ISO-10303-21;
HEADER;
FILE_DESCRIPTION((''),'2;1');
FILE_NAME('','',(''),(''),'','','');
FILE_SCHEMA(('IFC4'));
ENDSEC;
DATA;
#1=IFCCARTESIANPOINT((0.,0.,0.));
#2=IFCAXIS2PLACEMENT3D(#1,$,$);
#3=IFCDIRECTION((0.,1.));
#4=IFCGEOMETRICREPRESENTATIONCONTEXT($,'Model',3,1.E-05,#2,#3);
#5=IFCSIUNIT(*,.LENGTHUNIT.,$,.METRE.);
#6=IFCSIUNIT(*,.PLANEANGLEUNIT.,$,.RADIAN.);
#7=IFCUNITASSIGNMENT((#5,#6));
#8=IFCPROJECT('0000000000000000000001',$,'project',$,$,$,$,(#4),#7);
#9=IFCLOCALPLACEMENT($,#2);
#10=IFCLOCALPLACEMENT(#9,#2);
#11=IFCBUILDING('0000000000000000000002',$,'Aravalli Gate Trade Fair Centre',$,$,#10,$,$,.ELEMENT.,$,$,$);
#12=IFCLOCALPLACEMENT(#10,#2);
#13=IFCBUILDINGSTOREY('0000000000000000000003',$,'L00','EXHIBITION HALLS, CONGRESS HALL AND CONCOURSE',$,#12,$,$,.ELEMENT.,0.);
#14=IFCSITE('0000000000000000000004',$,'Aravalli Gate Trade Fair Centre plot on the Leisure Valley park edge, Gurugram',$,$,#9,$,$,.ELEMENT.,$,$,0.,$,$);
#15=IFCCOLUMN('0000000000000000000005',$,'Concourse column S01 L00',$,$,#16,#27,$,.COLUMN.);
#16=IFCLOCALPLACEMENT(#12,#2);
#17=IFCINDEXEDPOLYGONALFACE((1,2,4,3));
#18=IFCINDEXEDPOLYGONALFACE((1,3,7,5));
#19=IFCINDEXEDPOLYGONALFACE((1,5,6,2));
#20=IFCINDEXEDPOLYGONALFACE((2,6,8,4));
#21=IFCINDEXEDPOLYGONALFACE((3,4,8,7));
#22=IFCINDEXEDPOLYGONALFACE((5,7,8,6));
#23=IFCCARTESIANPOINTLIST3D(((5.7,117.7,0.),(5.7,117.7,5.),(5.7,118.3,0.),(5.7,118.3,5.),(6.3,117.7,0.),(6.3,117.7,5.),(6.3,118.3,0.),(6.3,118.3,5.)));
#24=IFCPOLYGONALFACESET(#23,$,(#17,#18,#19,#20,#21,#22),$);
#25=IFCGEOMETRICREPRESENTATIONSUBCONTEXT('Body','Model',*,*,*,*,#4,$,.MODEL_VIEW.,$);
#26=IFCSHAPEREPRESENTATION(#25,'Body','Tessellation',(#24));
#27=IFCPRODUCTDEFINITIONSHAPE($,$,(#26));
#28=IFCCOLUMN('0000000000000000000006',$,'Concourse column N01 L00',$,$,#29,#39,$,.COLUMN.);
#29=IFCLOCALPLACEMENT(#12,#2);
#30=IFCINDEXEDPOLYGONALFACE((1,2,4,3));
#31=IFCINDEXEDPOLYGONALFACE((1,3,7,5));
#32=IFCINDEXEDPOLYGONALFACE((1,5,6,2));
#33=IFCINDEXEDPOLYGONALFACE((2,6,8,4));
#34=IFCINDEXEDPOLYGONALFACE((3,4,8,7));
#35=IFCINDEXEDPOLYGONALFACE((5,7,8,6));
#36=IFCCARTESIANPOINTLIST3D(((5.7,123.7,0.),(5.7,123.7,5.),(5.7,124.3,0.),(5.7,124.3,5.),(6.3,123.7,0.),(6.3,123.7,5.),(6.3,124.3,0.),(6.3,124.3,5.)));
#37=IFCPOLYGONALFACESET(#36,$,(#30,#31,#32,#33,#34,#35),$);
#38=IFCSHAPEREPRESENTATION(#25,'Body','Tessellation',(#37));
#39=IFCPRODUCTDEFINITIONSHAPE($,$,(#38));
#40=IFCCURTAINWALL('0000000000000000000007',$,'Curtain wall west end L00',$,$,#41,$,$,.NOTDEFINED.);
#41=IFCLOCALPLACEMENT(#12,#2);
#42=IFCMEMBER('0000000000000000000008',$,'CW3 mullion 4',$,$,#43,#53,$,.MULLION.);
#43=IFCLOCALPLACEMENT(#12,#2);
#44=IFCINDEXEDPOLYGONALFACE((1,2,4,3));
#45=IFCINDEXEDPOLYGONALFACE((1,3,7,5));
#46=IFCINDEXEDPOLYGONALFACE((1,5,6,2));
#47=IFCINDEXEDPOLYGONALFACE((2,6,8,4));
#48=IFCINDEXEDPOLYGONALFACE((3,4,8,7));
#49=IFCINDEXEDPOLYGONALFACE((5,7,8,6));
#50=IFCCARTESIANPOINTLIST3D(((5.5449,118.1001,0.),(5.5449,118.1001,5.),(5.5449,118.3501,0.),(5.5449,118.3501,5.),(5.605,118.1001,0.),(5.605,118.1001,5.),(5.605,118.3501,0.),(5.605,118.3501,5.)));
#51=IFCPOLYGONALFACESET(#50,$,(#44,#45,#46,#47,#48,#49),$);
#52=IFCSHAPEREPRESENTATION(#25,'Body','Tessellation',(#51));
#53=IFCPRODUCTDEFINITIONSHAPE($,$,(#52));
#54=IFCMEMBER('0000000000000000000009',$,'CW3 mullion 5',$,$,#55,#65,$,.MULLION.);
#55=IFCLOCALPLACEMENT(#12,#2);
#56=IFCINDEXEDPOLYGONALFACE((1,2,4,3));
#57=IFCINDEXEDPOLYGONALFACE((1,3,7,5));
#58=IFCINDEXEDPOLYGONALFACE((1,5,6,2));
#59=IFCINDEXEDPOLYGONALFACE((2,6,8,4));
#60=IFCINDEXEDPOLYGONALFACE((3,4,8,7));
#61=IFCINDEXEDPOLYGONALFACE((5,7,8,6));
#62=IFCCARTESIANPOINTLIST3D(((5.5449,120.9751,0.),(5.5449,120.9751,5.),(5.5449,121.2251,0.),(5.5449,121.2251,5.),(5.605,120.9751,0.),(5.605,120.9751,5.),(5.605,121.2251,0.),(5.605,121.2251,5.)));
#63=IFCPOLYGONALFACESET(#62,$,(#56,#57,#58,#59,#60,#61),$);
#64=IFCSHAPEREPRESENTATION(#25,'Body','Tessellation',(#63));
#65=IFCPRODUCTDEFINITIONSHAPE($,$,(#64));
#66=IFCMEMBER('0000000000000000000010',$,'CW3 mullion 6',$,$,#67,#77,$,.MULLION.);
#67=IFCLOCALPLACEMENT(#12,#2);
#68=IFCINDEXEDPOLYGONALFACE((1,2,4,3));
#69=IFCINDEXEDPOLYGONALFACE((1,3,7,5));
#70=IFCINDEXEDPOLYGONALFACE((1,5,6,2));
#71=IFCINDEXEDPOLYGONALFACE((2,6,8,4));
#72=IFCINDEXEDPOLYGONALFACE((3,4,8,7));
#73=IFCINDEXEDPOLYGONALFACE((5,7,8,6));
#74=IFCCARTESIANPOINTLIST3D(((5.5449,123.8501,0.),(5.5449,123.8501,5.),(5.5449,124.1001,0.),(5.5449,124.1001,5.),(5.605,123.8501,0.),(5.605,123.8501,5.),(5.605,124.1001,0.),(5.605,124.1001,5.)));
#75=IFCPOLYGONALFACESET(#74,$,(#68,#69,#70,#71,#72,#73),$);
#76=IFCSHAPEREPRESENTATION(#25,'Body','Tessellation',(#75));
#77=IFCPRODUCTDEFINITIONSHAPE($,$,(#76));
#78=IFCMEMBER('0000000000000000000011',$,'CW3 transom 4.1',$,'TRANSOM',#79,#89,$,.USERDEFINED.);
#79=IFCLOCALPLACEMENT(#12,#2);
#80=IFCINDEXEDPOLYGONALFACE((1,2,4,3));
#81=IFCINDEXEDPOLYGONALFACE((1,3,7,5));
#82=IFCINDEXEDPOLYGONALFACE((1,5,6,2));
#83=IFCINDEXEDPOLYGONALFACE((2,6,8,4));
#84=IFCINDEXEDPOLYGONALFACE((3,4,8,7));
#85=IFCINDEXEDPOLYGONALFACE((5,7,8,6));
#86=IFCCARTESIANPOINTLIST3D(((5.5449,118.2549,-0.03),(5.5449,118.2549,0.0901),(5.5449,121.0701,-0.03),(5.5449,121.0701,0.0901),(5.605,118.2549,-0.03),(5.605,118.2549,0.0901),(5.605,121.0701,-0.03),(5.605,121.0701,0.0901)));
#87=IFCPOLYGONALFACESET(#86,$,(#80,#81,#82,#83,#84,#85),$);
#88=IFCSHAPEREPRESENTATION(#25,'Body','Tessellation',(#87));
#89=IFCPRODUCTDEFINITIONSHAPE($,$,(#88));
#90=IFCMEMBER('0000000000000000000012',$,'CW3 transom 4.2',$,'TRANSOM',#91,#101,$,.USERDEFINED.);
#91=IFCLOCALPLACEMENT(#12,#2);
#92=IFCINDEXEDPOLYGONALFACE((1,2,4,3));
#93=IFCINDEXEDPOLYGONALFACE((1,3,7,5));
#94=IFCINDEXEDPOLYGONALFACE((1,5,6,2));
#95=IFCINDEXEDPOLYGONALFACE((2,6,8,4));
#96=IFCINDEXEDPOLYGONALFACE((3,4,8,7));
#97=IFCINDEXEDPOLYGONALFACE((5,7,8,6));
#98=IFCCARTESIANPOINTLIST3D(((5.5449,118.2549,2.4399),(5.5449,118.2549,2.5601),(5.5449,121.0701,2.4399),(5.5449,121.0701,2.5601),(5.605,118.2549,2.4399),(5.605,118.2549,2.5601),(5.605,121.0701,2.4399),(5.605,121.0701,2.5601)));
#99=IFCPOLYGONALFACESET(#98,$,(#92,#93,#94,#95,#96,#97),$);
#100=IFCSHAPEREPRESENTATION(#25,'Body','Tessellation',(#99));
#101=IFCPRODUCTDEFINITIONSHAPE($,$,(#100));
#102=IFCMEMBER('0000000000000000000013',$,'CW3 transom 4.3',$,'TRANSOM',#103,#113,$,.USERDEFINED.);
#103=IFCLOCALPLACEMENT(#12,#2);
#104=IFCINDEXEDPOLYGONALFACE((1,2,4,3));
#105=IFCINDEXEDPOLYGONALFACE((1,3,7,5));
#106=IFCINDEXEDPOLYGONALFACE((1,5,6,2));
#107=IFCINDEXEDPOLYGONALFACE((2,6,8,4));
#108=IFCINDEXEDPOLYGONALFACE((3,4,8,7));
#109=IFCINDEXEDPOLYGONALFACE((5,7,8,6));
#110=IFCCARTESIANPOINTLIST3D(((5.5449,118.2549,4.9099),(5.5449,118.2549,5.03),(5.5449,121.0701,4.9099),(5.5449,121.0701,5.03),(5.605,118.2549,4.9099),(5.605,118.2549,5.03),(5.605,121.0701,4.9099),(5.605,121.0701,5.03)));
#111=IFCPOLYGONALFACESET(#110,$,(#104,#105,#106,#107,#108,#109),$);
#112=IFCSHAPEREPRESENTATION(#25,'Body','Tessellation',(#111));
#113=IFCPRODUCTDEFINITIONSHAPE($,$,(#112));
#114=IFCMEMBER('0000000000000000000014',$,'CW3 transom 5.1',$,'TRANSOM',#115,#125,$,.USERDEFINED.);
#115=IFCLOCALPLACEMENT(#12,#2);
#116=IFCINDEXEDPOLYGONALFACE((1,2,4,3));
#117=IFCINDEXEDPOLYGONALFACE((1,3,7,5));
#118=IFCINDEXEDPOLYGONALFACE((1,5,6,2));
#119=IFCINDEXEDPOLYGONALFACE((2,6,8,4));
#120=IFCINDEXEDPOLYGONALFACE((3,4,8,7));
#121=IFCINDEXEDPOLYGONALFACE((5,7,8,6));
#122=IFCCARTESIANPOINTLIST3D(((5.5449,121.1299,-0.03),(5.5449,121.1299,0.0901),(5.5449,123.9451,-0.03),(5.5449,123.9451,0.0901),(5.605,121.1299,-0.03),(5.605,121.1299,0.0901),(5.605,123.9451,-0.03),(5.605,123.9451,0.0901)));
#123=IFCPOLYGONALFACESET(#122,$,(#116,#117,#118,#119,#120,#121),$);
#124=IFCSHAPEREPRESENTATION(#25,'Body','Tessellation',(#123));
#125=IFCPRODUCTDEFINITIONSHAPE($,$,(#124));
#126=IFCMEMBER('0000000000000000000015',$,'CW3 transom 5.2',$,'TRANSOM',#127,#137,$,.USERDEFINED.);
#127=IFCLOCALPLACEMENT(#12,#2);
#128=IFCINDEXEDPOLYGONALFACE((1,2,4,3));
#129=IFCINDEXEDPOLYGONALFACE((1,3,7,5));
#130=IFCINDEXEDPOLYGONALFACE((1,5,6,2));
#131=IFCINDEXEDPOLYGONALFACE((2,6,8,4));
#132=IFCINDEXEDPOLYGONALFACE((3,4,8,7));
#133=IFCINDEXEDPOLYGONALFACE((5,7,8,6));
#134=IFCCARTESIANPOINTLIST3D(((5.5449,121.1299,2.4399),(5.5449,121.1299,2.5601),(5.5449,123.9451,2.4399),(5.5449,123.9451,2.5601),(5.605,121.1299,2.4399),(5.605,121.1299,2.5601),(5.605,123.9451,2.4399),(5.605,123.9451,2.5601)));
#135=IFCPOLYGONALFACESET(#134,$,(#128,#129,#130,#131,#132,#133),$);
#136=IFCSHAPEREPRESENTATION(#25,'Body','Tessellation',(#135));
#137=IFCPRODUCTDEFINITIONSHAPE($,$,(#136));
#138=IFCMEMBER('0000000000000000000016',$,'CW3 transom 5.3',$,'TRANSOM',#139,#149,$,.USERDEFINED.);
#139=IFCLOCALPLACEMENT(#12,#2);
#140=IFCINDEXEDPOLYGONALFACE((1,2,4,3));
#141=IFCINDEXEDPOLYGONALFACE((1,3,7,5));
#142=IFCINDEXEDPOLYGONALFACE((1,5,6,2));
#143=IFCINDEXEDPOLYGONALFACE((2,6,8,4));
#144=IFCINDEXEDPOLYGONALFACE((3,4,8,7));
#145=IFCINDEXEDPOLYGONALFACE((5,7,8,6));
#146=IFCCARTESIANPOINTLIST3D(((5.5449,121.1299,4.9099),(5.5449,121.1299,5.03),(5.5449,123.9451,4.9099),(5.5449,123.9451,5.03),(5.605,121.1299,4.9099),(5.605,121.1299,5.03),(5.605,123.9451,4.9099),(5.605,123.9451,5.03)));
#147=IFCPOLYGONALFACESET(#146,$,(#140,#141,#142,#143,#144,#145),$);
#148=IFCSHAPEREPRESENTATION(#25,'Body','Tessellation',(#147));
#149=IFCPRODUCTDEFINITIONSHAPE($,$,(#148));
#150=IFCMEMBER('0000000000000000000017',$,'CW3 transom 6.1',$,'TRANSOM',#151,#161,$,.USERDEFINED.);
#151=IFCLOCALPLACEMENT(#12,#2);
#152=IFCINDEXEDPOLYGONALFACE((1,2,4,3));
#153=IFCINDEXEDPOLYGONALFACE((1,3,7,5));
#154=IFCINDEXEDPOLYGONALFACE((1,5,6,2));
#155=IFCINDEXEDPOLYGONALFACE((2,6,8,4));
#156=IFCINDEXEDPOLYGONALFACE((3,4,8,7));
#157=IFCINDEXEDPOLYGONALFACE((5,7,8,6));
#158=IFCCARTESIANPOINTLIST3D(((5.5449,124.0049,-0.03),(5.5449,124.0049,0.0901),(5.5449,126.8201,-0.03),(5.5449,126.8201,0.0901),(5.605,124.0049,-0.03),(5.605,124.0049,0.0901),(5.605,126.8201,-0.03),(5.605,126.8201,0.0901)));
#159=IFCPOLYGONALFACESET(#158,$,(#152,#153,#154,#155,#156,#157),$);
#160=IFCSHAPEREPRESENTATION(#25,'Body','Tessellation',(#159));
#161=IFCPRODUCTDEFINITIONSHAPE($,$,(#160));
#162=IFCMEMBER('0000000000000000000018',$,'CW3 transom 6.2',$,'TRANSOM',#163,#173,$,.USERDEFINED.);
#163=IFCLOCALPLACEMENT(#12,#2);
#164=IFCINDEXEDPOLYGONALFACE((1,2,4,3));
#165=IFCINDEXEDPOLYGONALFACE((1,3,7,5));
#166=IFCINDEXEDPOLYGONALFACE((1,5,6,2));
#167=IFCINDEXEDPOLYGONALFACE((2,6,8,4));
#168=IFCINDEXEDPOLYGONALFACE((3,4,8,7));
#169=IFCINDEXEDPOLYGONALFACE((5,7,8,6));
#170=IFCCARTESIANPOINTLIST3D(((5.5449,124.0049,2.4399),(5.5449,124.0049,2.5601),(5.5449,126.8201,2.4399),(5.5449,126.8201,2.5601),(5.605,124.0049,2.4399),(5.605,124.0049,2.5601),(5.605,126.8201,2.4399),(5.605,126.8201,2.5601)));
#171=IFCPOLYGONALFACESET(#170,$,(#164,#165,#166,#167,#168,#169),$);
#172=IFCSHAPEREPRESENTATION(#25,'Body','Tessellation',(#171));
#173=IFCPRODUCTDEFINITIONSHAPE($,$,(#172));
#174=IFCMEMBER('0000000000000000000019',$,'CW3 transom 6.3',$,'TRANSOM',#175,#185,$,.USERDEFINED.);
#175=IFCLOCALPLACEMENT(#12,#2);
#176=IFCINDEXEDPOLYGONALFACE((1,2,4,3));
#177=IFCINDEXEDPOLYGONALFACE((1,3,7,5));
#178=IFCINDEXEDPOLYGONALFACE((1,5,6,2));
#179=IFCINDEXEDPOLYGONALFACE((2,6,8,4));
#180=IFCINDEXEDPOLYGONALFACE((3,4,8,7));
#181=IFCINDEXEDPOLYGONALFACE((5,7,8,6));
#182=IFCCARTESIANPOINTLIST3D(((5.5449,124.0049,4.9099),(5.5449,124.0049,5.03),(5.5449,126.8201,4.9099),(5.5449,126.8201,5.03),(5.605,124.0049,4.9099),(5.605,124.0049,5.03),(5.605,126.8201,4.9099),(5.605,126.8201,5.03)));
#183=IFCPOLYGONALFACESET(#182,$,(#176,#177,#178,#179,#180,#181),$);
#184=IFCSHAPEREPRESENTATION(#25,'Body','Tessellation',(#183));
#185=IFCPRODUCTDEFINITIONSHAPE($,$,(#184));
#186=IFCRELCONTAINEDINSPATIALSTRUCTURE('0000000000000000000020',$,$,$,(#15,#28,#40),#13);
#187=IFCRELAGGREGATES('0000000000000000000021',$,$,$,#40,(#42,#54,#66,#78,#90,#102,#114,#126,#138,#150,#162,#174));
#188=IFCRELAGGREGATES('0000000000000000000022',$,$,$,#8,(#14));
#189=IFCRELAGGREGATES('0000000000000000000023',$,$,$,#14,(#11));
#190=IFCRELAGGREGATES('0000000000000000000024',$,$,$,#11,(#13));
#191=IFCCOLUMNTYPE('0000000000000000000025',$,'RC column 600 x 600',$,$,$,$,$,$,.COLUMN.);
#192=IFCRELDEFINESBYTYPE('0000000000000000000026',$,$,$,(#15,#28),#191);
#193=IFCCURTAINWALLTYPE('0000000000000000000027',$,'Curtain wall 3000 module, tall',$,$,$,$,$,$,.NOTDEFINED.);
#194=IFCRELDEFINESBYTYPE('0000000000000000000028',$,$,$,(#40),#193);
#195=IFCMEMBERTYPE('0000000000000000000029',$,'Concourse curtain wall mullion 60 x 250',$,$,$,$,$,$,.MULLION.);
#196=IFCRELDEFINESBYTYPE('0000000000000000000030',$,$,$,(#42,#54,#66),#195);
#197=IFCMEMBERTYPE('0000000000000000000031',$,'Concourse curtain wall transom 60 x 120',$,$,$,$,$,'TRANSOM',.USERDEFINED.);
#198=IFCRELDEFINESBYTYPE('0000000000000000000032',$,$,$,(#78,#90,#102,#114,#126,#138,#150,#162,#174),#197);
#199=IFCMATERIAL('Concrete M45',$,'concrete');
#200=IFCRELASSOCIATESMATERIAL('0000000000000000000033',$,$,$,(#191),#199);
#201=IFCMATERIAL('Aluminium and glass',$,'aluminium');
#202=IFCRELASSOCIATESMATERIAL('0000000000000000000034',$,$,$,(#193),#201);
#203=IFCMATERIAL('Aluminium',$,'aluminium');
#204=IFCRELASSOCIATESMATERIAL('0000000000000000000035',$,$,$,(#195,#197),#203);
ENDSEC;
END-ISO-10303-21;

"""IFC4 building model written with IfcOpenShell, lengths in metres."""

from ifc_helpers import new_model, si_unit, direction, frame, origin, origin_2d, place, context, subcontext, project, spatial, rectangle, extrude, material, material_profile, profile_set, type_object, element, aggregate, save


model = new_model("IFC4")

# Units and contexts
model_context = context("Model", 3, precision=1e-05, world=origin(), true_north=direction((0.0, 1.0)))
body_context = subcontext(model_context, "Body", "Model", "MODEL_VIEW")
ifc_project = project(units=[si_unit("LENGTHUNIT", "METRE"), si_unit("PLANEANGLEUNIT", "RADIAN")], contexts=[model_context])

# Site, building, storey
site_placement = place(None, origin())
site = spatial("IfcSite", under=ifc_project, at=site_placement, Name="Aravalli Gate Trade Fair Centre plot on the Leisure Valley park edge, Gurugram", CompositionType="ELEMENT", RefElevation=0.0)
building_placement = place(site_placement, origin())
building = spatial("IfcBuilding", under=site, at=building_placement, Name="Aravalli Gate Trade Fair Centre", CompositionType="ELEMENT")
storey_placement = place(building_placement, origin())
storey = spatial("IfcBuildingStorey", under=building, at=storey_placement, Name="L00", Description="EXHIBITION HALLS, CONGRESS HALL AND CONCOURSE", CompositionType="ELEMENT", Elevation=0.0)

# Columns
ifc_material_1 = material(Name="Concrete M45", Category="concrete")
ifc_material_profile_1 = material_profile(ifc_material_1, rectangle(XDim=0.6001, YDim=0.6001, at=origin_2d()), Name="RC column 600 x 600")
ifc_profile_set_1 = profile_set([ifc_material_profile_1], Name="Concrete M45")
column_type = type_object("IfcColumnType", Name="RC column 600 x 600", PredefinedType="COLUMN", material=ifc_profile_set_1)
for number, where, z_axis, x_axis, name in (
    (1, (6.0, 118.0, 0.0), (0.0, 0.0, 1.0), (1.0, 0.0, 0.0), "Concourse column S01 L00"),
    (2, (6.0, 124.0, 0.0), (0.0, 0.0, 1.0), (1.0, 0.0, 0.0), "Concourse column N01 L00"),
):
    element("IfcColumn", number, at=place(storey_placement, frame(where, z_axis=z_axis, x_axis=x_axis)), inside=storey, type_object=column_type, Name=name, PredefinedType="COLUMN", context=body_context, shape_type="SweptSolid", body=[
        extrude(rectangle(XDim=0.6001, YDim=0.6001, at=origin_2d()), origin(), (0.0, 0.0, 1.0), 5.0),
    ])

# Curtain wall, members
ifc_material_2 = material(Name="Aluminium and glass", Category="aluminium")
curtain_wall_type = type_object("IfcCurtainWallType", Name="Curtain wall 3000 module, tall", PredefinedType="NOTDEFINED", material=ifc_material_2)
curtain_wall_placement = place(storey_placement, origin())
curtain_wall = element("IfcCurtainWall", 3, at=curtain_wall_placement, inside=storey, type_object=curtain_wall_type, Name="Curtain wall west end L00", PredefinedType="NOTDEFINED")
ifc_material_3 = material(Name="Aluminium", Category="aluminium")
ifc_material_profile_2 = material_profile(ifc_material_3, rectangle(XDim=0.0601, YDim=0.25, at=origin_2d()), Name="Concourse curtain wall mullion 60 x 250")
ifc_profile_set_2 = profile_set([ifc_material_profile_2], Name="Aluminium")
member_type_1 = type_object("IfcMemberType", Name="Concourse curtain wall mullion 60 x 250", PredefinedType="MULLION", material=ifc_profile_set_2)
member_1_placement = place(storey_placement, frame((5.575, 118.2251, 0.0), z_axis=(0.0, 0.0, 1.0), x_axis=(-1.0, 0.0, 0.0)))
member_1 = element("IfcMember", 4, at=member_1_placement, type_object=member_type_1, Name="CW3 mullion 4", PredefinedType="MULLION", context=body_context, shape_type="SweptSolid", body=[
    extrude(rectangle(XDim=0.0601, YDim=0.25, at=origin_2d()), origin(), (0.0, 0.0, 1.0), 5.0),
])
member_2_placement = place(storey_placement, frame((5.575, 121.1001, 0.0), z_axis=(0.0, 0.0, 1.0), x_axis=(-1.0, 0.0, 0.0)))
member_2 = element("IfcMember", 5, at=member_2_placement, type_object=member_type_1, Name="CW3 mullion 5", PredefinedType="MULLION", context=body_context, shape_type="SweptSolid", body=[
    extrude(rectangle(XDim=0.0601, YDim=0.25, at=origin_2d()), origin(), (0.0, 0.0, 1.0), 5.0),
])
member_3_placement = place(storey_placement, frame((5.575, 123.9751, 0.0), z_axis=(0.0, 0.0, 1.0), x_axis=(-1.0, 0.0, 0.0)))
member_3 = element("IfcMember", 6, at=member_3_placement, type_object=member_type_1, Name="CW3 mullion 6", PredefinedType="MULLION", context=body_context, shape_type="SweptSolid", body=[
    extrude(rectangle(XDim=0.0601, YDim=0.25, at=origin_2d()), origin(), (0.0, 0.0, 1.0), 5.0),
])
ifc_material_profile_3 = material_profile(ifc_material_3, rectangle(XDim=0.0601, YDim=0.1201, at=origin_2d()), Name="Concourse curtain wall transom 60 x 120")
ifc_profile_set_3 = profile_set([ifc_material_profile_3], Name="Aluminium")
member_type_2 = type_object("IfcMemberType", Name="Concourse curtain wall transom 60 x 120", ElementType="TRANSOM", PredefinedType="USERDEFINED", material=ifc_profile_set_3)
member_4_placement = place(storey_placement, frame((5.575, 118.2549, 0.03), z_axis=(0.0, 1.0, 0.0), x_axis=(-1.0, 0.0, 0.0)))
member_4 = element("IfcMember", 7, at=member_4_placement, type_object=member_type_2, Name="CW3 transom 4.1", ObjectType="TRANSOM", PredefinedType="USERDEFINED", context=body_context, shape_type="SweptSolid", body=[
    extrude(rectangle(XDim=0.0601, YDim=0.1201, at=origin_2d()), origin(), (0.0, 0.0, 1.0), 2.8152),
])
member_5_placement = place(storey_placement, frame((5.575, 118.2549, 2.5), z_axis=(0.0, 1.0, 0.0), x_axis=(-1.0, 0.0, 0.0)))
member_5 = element("IfcMember", 8, at=member_5_placement, type_object=member_type_2, Name="CW3 transom 4.2", ObjectType="TRANSOM", PredefinedType="USERDEFINED", context=body_context, shape_type="SweptSolid", body=[
    extrude(rectangle(XDim=0.0601, YDim=0.1201, at=origin_2d()), origin(), (0.0, 0.0, 1.0), 2.8152),
])
member_6_placement = place(storey_placement, frame((5.575, 118.2549, 4.97), z_axis=(0.0, 1.0, 0.0), x_axis=(-1.0, 0.0, 0.0)))
member_6 = element("IfcMember", 9, at=member_6_placement, type_object=member_type_2, Name="CW3 transom 4.3", ObjectType="TRANSOM", PredefinedType="USERDEFINED", context=body_context, shape_type="SweptSolid", body=[
    extrude(rectangle(XDim=0.0601, YDim=0.1201, at=origin_2d()), origin(), (0.0, 0.0, 1.0), 2.8152),
])
member_7_placement = place(storey_placement, frame((5.575, 121.1299, 0.03), z_axis=(0.0, 1.0, 0.0), x_axis=(-1.0, 0.0, 0.0)))
member_7 = element("IfcMember", 10, at=member_7_placement, type_object=member_type_2, Name="CW3 transom 5.1", ObjectType="TRANSOM", PredefinedType="USERDEFINED", context=body_context, shape_type="SweptSolid", body=[
    extrude(rectangle(XDim=0.0601, YDim=0.1201, at=origin_2d()), origin(), (0.0, 0.0, 1.0), 2.8152),
])
member_8_placement = place(storey_placement, frame((5.575, 121.1299, 2.5), z_axis=(0.0, 1.0, 0.0), x_axis=(-1.0, 0.0, 0.0)))
member_8 = element("IfcMember", 11, at=member_8_placement, type_object=member_type_2, Name="CW3 transom 5.2", ObjectType="TRANSOM", PredefinedType="USERDEFINED", context=body_context, shape_type="SweptSolid", body=[
    extrude(rectangle(XDim=0.0601, YDim=0.1201, at=origin_2d()), origin(), (0.0, 0.0, 1.0), 2.8152),
])
member_9_placement = place(storey_placement, frame((5.575, 121.1299, 4.97), z_axis=(0.0, 1.0, 0.0), x_axis=(-1.0, 0.0, 0.0)))
member_9 = element("IfcMember", 12, at=member_9_placement, type_object=member_type_2, Name="CW3 transom 5.3", ObjectType="TRANSOM", PredefinedType="USERDEFINED", context=body_context, shape_type="SweptSolid", body=[
    extrude(rectangle(XDim=0.0601, YDim=0.1201, at=origin_2d()), origin(), (0.0, 0.0, 1.0), 2.8152),
])
member_10_placement = place(storey_placement, frame((5.575, 124.0049, 0.03), z_axis=(0.0, 1.0, 0.0), x_axis=(-1.0, 0.0, 0.0)))
member_10 = element("IfcMember", 13, at=member_10_placement, type_object=member_type_2, Name="CW3 transom 6.1", ObjectType="TRANSOM", PredefinedType="USERDEFINED", context=body_context, shape_type="SweptSolid", body=[
    extrude(rectangle(XDim=0.0601, YDim=0.1201, at=origin_2d()), origin(), (0.0, 0.0, 1.0), 2.8152),
])
member_11_placement = place(storey_placement, frame((5.575, 124.0049, 2.5), z_axis=(0.0, 1.0, 0.0), x_axis=(-1.0, 0.0, 0.0)))
member_11 = element("IfcMember", 14, at=member_11_placement, type_object=member_type_2, Name="CW3 transom 6.2", ObjectType="TRANSOM", PredefinedType="USERDEFINED", context=body_context, shape_type="SweptSolid", body=[
    extrude(rectangle(XDim=0.0601, YDim=0.1201, at=origin_2d()), origin(), (0.0, 0.0, 1.0), 2.8152),
])
member_12_placement = place(storey_placement, frame((5.575, 124.0049, 4.97), z_axis=(0.0, 1.0, 0.0), x_axis=(-1.0, 0.0, 0.0)))
member_12 = element("IfcMember", 15, at=member_12_placement, type_object=member_type_2, Name="CW3 transom 6.3", ObjectType="TRANSOM", PredefinedType="USERDEFINED", context=body_context, shape_type="SweptSolid", body=[
    extrude(rectangle(XDim=0.0601, YDim=0.1201, at=origin_2d()), origin(), (0.0, 0.0, 1.0), 2.8152),
])

aggregate(curtain_wall, [member_1, member_2, member_3, member_4, member_5, member_6, member_7, member_8, member_9, member_10, member_11, member_12])

save(model, "model.ifc")
